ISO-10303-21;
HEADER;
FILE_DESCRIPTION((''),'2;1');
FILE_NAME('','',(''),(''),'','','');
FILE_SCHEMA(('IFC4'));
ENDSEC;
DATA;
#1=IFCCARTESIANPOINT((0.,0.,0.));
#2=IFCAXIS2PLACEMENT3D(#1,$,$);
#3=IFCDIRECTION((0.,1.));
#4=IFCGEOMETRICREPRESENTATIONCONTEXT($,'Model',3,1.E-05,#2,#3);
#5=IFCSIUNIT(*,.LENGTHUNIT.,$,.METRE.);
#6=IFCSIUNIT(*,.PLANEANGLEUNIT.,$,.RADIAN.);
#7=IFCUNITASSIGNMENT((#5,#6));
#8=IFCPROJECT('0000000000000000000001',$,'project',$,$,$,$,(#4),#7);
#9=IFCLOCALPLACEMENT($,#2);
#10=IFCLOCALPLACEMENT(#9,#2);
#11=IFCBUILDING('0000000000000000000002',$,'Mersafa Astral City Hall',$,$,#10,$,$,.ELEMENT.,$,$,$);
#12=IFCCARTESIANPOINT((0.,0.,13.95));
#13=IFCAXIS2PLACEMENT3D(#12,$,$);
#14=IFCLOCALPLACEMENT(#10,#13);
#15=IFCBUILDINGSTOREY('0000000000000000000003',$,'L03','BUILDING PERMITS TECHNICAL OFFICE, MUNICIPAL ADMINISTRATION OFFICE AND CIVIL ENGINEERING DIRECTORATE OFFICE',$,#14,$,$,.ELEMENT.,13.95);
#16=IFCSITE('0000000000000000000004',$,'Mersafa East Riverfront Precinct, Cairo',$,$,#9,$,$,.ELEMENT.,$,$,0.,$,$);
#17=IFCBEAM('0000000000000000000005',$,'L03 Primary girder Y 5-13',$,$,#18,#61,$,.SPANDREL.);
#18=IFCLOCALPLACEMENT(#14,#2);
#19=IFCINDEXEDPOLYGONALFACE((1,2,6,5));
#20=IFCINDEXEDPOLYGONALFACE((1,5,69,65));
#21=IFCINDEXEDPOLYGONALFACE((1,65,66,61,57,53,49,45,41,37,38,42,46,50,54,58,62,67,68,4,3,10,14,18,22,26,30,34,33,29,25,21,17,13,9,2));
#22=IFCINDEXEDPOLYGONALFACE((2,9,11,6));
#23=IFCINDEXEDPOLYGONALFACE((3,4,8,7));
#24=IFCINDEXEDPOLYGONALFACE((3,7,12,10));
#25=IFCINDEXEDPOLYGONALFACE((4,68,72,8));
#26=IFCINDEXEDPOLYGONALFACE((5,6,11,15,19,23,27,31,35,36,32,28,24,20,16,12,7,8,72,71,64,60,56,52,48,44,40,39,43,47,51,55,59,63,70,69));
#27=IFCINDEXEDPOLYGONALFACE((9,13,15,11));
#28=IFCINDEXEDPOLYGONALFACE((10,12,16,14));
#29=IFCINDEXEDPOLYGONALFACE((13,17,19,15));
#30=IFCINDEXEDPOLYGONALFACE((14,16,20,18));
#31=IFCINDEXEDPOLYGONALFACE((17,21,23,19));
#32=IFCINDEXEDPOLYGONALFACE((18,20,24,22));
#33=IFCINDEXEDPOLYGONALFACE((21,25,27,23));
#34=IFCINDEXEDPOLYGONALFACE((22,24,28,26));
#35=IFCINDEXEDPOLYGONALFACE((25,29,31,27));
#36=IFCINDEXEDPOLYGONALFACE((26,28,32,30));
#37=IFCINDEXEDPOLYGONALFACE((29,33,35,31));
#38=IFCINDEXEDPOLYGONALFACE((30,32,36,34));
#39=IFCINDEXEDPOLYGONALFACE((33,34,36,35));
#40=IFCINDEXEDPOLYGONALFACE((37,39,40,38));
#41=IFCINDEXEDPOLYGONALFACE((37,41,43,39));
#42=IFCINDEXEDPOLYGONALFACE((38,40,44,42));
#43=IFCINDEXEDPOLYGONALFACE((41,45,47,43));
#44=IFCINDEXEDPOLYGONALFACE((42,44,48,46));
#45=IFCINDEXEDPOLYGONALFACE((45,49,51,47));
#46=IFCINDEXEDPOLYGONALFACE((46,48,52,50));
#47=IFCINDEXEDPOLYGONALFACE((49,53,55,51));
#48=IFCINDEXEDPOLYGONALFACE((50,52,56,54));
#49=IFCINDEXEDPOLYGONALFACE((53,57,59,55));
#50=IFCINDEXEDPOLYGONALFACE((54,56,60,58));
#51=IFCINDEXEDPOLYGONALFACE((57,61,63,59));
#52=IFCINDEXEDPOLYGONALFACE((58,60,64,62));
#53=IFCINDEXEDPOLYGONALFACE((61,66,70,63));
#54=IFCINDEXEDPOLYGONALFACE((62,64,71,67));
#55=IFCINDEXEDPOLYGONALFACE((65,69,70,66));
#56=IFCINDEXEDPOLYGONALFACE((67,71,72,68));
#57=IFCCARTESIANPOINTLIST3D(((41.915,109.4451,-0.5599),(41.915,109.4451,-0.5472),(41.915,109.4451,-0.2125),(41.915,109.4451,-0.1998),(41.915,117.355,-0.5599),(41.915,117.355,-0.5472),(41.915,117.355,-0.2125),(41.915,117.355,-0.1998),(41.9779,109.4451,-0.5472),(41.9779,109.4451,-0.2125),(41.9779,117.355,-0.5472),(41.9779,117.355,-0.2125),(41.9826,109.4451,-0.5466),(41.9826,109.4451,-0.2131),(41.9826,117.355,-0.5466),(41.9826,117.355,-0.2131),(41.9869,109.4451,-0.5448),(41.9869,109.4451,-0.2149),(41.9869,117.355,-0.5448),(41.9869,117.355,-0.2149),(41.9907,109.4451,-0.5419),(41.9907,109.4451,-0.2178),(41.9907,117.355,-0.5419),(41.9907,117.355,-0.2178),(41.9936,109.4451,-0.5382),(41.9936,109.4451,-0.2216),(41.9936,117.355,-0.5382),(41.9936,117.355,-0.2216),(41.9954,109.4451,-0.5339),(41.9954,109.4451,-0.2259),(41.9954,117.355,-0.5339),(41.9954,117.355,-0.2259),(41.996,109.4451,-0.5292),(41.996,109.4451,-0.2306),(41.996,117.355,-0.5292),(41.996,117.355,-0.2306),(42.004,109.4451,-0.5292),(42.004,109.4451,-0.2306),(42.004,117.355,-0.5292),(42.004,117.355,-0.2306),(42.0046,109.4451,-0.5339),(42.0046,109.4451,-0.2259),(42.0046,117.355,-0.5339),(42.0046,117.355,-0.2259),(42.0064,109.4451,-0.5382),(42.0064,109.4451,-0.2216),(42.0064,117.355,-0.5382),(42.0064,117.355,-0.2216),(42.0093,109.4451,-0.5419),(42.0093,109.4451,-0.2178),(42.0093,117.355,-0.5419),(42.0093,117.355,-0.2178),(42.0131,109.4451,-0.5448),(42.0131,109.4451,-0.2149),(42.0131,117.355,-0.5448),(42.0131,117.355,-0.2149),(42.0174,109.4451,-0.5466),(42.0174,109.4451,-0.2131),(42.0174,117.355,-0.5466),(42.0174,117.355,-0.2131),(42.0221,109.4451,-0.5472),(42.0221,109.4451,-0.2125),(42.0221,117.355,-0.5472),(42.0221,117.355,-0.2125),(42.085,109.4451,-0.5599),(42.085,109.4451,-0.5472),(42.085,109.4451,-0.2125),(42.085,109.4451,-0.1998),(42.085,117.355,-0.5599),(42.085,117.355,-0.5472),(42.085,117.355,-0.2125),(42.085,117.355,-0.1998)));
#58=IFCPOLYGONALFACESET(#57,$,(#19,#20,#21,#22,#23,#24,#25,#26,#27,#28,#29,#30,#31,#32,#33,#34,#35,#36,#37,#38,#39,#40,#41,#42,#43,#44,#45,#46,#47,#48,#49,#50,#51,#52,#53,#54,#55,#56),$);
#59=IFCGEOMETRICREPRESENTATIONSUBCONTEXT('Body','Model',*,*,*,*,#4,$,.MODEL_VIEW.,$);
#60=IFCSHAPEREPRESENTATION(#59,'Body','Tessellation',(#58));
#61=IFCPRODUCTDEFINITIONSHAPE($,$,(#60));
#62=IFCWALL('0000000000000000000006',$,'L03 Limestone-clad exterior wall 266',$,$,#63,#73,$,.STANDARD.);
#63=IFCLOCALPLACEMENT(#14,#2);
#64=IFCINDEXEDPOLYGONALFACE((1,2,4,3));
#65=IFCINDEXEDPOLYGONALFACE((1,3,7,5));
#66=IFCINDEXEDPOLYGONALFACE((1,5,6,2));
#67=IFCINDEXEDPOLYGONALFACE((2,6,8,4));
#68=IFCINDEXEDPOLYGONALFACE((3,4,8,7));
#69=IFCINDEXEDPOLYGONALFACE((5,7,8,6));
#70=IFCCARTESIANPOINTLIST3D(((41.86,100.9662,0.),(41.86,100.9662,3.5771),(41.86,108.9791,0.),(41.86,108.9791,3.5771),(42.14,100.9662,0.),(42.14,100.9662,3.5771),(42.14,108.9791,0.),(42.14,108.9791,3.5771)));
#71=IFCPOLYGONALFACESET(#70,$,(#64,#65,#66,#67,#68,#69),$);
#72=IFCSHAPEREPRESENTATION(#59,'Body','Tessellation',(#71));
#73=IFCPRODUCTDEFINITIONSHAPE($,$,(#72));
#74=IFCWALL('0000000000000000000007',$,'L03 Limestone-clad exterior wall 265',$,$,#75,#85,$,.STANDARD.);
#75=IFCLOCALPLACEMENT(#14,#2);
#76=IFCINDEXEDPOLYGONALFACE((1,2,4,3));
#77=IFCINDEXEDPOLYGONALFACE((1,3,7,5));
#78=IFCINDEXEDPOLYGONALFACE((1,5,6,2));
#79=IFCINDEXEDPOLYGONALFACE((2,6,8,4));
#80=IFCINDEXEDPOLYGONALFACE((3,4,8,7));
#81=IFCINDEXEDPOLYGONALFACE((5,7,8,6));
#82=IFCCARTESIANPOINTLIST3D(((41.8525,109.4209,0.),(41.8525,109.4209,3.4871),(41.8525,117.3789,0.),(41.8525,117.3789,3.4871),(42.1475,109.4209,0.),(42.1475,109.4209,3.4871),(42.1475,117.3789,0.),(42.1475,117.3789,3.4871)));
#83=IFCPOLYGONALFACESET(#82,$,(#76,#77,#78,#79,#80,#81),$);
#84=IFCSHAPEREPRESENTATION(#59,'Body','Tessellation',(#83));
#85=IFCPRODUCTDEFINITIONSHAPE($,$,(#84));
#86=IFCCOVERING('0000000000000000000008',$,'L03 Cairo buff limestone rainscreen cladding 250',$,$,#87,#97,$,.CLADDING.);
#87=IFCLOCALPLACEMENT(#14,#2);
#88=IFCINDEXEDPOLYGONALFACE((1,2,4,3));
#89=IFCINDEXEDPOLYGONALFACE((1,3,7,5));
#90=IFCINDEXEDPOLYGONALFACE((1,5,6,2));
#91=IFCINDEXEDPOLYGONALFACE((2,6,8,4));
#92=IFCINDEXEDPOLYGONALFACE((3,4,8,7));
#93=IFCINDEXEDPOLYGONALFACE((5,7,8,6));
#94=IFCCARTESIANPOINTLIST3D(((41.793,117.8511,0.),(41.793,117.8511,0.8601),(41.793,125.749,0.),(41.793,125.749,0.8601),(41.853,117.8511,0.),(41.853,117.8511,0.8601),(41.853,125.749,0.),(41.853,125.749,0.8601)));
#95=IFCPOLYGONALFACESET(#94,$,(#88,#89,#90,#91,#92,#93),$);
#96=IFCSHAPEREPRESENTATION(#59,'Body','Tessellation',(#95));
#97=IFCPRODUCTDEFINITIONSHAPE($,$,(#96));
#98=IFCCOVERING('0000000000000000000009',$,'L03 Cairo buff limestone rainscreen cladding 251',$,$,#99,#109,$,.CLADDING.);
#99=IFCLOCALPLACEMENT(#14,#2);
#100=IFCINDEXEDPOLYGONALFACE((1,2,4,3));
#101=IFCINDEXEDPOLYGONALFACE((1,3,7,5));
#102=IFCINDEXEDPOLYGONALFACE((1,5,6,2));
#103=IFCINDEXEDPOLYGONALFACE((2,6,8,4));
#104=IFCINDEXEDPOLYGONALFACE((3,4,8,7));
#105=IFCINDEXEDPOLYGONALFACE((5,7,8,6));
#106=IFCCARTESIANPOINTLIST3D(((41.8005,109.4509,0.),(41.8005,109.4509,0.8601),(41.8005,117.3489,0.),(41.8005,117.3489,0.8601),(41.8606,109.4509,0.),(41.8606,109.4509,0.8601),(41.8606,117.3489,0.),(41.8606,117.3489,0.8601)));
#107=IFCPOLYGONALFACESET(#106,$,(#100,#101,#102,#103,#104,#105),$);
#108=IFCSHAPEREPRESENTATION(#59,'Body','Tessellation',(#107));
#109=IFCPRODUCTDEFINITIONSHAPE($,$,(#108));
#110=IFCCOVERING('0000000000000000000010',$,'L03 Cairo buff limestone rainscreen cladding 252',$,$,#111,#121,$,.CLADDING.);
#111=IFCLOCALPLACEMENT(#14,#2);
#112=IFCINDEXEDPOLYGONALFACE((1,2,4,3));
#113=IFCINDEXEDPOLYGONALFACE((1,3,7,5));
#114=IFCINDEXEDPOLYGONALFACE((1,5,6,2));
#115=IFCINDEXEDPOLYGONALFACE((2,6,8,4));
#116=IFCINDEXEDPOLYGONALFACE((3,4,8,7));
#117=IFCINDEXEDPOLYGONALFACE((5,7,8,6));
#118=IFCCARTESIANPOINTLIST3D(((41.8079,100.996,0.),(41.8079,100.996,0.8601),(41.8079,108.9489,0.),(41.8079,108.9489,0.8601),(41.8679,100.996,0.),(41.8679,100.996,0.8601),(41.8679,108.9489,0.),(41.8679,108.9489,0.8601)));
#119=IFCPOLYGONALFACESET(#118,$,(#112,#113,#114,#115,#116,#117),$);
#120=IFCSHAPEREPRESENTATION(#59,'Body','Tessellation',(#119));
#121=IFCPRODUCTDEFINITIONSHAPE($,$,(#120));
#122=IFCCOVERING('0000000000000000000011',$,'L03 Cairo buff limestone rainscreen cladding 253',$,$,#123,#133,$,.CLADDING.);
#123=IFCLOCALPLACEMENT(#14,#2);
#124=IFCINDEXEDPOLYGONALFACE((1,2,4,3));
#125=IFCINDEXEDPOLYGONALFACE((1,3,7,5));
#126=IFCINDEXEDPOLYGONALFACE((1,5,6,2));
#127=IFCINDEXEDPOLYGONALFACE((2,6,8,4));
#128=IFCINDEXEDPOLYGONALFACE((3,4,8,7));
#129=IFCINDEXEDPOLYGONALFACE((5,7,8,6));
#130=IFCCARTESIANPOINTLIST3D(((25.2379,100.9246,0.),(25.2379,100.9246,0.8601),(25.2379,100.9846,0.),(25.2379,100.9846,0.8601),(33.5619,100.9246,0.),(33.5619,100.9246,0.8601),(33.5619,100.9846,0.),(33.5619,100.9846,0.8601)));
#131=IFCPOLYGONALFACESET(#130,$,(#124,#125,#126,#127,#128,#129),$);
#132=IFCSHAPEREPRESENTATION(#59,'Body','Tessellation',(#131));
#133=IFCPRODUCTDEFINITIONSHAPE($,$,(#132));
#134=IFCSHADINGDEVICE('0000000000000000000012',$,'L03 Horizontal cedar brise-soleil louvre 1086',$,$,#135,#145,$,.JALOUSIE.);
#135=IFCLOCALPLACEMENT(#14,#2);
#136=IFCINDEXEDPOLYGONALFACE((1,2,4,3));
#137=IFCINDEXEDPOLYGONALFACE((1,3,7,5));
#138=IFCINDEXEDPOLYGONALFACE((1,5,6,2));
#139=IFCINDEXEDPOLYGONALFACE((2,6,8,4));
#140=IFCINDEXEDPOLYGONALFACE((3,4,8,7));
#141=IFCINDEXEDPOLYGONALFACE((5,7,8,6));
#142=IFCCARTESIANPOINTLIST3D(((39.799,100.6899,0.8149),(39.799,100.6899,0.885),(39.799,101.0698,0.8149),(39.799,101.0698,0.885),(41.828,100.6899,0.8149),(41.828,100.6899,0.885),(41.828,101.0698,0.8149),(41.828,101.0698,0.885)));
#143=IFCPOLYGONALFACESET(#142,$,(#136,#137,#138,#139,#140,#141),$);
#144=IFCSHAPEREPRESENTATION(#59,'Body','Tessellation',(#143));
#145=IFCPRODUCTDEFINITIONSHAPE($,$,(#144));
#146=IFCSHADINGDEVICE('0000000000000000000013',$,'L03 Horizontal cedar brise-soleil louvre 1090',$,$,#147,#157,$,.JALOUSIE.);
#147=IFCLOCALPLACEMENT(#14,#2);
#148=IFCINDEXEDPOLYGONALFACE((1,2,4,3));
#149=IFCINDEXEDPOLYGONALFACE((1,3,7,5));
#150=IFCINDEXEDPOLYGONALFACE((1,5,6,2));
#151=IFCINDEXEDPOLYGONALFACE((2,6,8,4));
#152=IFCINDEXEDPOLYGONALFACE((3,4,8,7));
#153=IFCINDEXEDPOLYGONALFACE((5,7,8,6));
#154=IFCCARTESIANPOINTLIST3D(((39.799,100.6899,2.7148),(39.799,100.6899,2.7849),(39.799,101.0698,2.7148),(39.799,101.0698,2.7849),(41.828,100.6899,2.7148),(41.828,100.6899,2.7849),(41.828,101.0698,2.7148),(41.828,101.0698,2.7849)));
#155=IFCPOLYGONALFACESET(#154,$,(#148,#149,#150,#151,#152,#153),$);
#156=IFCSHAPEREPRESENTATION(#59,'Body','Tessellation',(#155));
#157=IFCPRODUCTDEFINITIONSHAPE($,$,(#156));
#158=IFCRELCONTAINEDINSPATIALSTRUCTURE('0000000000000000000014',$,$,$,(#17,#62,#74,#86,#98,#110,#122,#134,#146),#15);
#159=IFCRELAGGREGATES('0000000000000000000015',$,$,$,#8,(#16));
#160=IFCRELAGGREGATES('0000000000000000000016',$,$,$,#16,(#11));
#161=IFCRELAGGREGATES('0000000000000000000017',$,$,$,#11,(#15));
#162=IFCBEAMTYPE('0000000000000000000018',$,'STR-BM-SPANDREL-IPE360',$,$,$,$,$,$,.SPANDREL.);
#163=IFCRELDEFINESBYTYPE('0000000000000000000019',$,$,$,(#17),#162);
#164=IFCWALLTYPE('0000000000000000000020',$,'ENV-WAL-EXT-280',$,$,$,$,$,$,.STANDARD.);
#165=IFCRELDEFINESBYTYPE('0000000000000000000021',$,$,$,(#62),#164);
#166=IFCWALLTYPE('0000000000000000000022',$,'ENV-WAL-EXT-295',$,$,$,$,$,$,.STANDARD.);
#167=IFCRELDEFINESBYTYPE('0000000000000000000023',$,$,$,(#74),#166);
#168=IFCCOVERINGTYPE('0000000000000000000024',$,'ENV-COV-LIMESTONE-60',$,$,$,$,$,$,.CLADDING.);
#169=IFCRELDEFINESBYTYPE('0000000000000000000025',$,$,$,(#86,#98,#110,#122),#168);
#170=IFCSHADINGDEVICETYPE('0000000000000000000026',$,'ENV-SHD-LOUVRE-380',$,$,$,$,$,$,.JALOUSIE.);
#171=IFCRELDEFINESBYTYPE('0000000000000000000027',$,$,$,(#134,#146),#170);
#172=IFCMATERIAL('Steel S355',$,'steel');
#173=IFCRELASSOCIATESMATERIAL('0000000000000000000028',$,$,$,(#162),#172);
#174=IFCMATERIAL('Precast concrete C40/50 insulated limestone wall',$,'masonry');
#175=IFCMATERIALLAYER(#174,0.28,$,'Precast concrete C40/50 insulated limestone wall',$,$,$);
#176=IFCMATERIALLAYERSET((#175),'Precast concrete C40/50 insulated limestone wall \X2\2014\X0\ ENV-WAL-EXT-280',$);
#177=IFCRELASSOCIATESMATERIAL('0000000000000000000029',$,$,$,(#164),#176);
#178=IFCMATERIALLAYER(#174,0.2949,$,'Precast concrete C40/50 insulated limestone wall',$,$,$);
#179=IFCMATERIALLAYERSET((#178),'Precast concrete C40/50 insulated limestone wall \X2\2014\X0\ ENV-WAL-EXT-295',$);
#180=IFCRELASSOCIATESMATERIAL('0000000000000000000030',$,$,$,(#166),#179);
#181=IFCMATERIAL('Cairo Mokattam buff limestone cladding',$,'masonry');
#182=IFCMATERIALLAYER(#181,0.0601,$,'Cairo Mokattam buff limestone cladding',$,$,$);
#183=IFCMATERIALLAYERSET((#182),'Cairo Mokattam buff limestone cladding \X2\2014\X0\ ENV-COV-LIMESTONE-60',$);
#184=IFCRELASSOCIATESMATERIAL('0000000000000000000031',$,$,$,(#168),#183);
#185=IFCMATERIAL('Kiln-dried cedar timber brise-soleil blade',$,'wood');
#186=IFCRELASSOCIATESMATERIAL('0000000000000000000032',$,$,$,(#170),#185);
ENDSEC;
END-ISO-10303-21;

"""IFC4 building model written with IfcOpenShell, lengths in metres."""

from ifc_helpers import new_model, si_unit, direction, frame, frame_2d, origin, origin_2d, place, context, subcontext, project, spatial, rectangle, i_section, extrude, material, layer, layer_set, material_profile, profile_set, type_object, element, save


model = new_model("IFC4")

# Units and contexts
model_context = context("Model", 3, precision=1e-05, world=origin(), true_north=direction((0.0, 1.0)))
body_context = subcontext(model_context, "Body", "Model", "MODEL_VIEW")
ifc_project = project(units=[si_unit("LENGTHUNIT", "METRE"), si_unit("PLANEANGLEUNIT", "RADIAN")], contexts=[model_context])

# Site, building, storey
site_placement = place(None, origin())
site = spatial("IfcSite", under=ifc_project, at=site_placement, Name="Mersafa East Riverfront Precinct, Cairo", CompositionType="ELEMENT", RefElevation=0.0)
building_placement = place(site_placement, origin())
building = spatial("IfcBuilding", under=site, at=building_placement, Name="Mersafa Astral City Hall", CompositionType="ELEMENT")
storey_placement = place(building_placement, frame((0.0, 0.0, 13.95)))
storey = spatial("IfcBuildingStorey", under=building, at=storey_placement, Name="L03", Description="BUILDING PERMITS TECHNICAL OFFICE, MUNICIPAL ADMINISTRATION OFFICE AND CIVIL ENGINEERING DIRECTORATE OFFICE", CompositionType="ELEMENT", Elevation=13.95)

# Shared definitions
ifc_material_1 = material(Name="Steel S355", Category="steel")

# Beam
ifc_material_profile_1 = material_profile(ifc_material_1, i_section(OverallWidth=0.1699, OverallDepth=0.3601, WebThickness=0.0081, FlangeThickness=0.0127, FilletRadius=0.0181, at=origin_2d()), Name="IPE 360")
ifc_profile_set_1 = profile_set([ifc_material_profile_1], Name="Steel S355")
beam_type_1 = type_object("IfcBeamType", Name="STR-BM-SPANDREL-IPE360", PredefinedType="SPANDREL", material=ifc_profile_set_1)
beam_1_placement = place(storey_placement, frame((42.0, 109.4451, -0.3799), z_axis=(0.0, 1.0, 0.0), x_axis=(-1.0, 0.0, 0.0)))
element("IfcBeam", 1, at=beam_1_placement, inside=storey, type_object=beam_type_1, Name="L03 Primary girder Y 5-13", PredefinedType="SPANDREL", context=body_context, shape_type="SweptSolid", body=[
    extrude(i_section(OverallWidth=0.1699, OverallDepth=0.3601, WebThickness=0.0081, FlangeThickness=0.0127, FilletRadius=0.0181, at=origin_2d()), origin(), (0.0, 0.0, 1.0), 7.9099),
])

# Walls
ifc_material_2 = material(Name="Precast concrete C40/50 insulated limestone wall", Category="masonry")
ifc_layer_1 = layer(ifc_material_2, 0.28, Name="Precast concrete C40/50 insulated limestone wall")
ifc_layer_set_1 = layer_set([ifc_layer_1], Name="Precast concrete C40/50 insulated limestone wall — ENV-WAL-EXT-280")
wall_type_1 = type_object("IfcWallType", Name="ENV-WAL-EXT-280", PredefinedType="STANDARD", material=ifc_layer_set_1)
wall_1_placement = place(storey_placement, frame((42.0, 108.979, 0.0), z_axis=(0.0, 0.0, 1.0), x_axis=(0.0, -1.0, 0.0)))
element("IfcWall", 2, at=wall_1_placement, inside=storey, type_object=wall_type_1, Name="L03 Limestone-clad exterior wall 266", PredefinedType="STANDARD", context=body_context, shape_type="SweptSolid", body=[
    extrude(rectangle(XDim=8.0129, YDim=0.28, at=frame_2d((4.0063, 0.0))), origin(), (0.0, 0.0, 1.0), 3.5771),
])
ifc_layer_2 = layer(ifc_material_2, 0.2949, Name="Precast concrete C40/50 insulated limestone wall")
ifc_layer_set_2 = layer_set([ifc_layer_2], Name="Precast concrete C40/50 insulated limestone wall — ENV-WAL-EXT-295")
wall_type_2 = type_object("IfcWallType", Name="ENV-WAL-EXT-295", PredefinedType="STANDARD", material=ifc_layer_set_2)
wall_2_placement = place(storey_placement, frame((42.0, 117.3789, 0.0), z_axis=(0.0, 0.0, 1.0), x_axis=(0.0, -1.0, 0.0)))
element("IfcWall", 3, at=wall_2_placement, inside=storey, type_object=wall_type_2, Name="L03 Limestone-clad exterior wall 265", PredefinedType="STANDARD", context=body_context, shape_type="SweptSolid", body=[
    extrude(rectangle(XDim=7.958, YDim=0.2949, at=frame_2d((3.979, 0.0))), origin(), (0.0, 0.0, 1.0), 3.4871),
])

# Coverings
ifc_material_3 = material(Name="Cairo Mokattam buff limestone cladding", Category="masonry")
ifc_layer_3 = layer(ifc_material_3, 0.0601, Name="Cairo Mokattam buff limestone cladding")
ifc_layer_set_3 = layer_set([ifc_layer_3], Name="Cairo Mokattam buff limestone cladding — ENV-COV-LIMESTONE-60")
covering_type = type_object("IfcCoveringType", Name="ENV-COV-LIMESTONE-60", PredefinedType="CLADDING", material=ifc_layer_set_3)
for number, where, z_axis, x_axis, name in (
    (4, (41.823, 121.8, 0.0), (0.0, 0.0, 1.0), (0.0, -1.0, 0.0), "L03 Cairo buff limestone rainscreen cladding 250"),
    (5, (41.8306, 113.3999, 0.0), (0.0, 0.0, 1.0), (0.0, -1.0, 0.0), "L03 Cairo buff limestone rainscreen cladding 251"),
):
    element("IfcCovering", number, at=place(storey_placement, frame(where, z_axis=z_axis, x_axis=x_axis)), inside=storey, type_object=covering_type, Name=name, PredefinedType="CLADDING", context=body_context, shape_type="SweptSolid", body=[
        extrude(rectangle(XDim=7.8979, YDim=0.0601, at=origin_2d()), origin(), (0.0, 0.0, 1.0), 0.8601),
    ])
covering_1_placement = place(storey_placement, frame((41.8379, 104.9724, 0.0), z_axis=(0.0, 0.0, 1.0), x_axis=(0.0, -1.0, 0.0)))
element("IfcCovering", 6, at=covering_1_placement, inside=storey, type_object=covering_type, Name="L03 Cairo buff limestone rainscreen cladding 252", PredefinedType="CLADDING", context=body_context, shape_type="SweptSolid", body=[
    extrude(rectangle(XDim=7.9529, YDim=0.0601, at=origin_2d()), origin(), (0.0, 0.0, 1.0), 0.8601),
])
covering_2_placement = place(storey_placement, frame((29.3999, 100.9546, 0.0), z_axis=(0.0, 0.0, 1.0), x_axis=(-1.0, 0.0, 0.0)))
element("IfcCovering", 7, at=covering_2_placement, inside=storey, type_object=covering_type, Name="L03 Cairo buff limestone rainscreen cladding 253", PredefinedType="CLADDING", context=body_context, shape_type="SweptSolid", body=[
    extrude(rectangle(XDim=8.324, YDim=0.0601, at=origin_2d()), origin(), (0.0, 0.0, 1.0), 0.8601),
])

# Shading devices
ifc_material_4 = material(Name="Kiln-dried cedar timber brise-soleil blade", Category="wood")
shading_device_type = type_object("IfcShadingDeviceType", Name="ENV-SHD-LOUVRE-380", PredefinedType="JALOUSIE", material=ifc_material_4)
for number, where, z_axis, x_axis, name in (
    (8, (40.8135, 100.8799, 0.8149), (0.0, 0.0, 1.0), (-1.0, 0.0, 0.0), "L03 Horizontal cedar brise-soleil louvre 1086"),
    (9, (40.8135, 100.8799, 2.7148), (0.0, 0.0, 1.0), (-1.0, 0.0, 0.0), "L03 Horizontal cedar brise-soleil louvre 1090"),
):
    element("IfcShadingDevice", number, at=place(storey_placement, frame(where, z_axis=z_axis, x_axis=x_axis)), inside=storey, type_object=shading_device_type, Name=name, PredefinedType="JALOUSIE", context=body_context, shape_type="SweptSolid", body=[
        extrude(rectangle(XDim=2.0291, YDim=0.3799, at=origin_2d()), origin(), (0.0, 0.0, 1.0), 0.0701),
    ])

save(model, "model.ifc")
